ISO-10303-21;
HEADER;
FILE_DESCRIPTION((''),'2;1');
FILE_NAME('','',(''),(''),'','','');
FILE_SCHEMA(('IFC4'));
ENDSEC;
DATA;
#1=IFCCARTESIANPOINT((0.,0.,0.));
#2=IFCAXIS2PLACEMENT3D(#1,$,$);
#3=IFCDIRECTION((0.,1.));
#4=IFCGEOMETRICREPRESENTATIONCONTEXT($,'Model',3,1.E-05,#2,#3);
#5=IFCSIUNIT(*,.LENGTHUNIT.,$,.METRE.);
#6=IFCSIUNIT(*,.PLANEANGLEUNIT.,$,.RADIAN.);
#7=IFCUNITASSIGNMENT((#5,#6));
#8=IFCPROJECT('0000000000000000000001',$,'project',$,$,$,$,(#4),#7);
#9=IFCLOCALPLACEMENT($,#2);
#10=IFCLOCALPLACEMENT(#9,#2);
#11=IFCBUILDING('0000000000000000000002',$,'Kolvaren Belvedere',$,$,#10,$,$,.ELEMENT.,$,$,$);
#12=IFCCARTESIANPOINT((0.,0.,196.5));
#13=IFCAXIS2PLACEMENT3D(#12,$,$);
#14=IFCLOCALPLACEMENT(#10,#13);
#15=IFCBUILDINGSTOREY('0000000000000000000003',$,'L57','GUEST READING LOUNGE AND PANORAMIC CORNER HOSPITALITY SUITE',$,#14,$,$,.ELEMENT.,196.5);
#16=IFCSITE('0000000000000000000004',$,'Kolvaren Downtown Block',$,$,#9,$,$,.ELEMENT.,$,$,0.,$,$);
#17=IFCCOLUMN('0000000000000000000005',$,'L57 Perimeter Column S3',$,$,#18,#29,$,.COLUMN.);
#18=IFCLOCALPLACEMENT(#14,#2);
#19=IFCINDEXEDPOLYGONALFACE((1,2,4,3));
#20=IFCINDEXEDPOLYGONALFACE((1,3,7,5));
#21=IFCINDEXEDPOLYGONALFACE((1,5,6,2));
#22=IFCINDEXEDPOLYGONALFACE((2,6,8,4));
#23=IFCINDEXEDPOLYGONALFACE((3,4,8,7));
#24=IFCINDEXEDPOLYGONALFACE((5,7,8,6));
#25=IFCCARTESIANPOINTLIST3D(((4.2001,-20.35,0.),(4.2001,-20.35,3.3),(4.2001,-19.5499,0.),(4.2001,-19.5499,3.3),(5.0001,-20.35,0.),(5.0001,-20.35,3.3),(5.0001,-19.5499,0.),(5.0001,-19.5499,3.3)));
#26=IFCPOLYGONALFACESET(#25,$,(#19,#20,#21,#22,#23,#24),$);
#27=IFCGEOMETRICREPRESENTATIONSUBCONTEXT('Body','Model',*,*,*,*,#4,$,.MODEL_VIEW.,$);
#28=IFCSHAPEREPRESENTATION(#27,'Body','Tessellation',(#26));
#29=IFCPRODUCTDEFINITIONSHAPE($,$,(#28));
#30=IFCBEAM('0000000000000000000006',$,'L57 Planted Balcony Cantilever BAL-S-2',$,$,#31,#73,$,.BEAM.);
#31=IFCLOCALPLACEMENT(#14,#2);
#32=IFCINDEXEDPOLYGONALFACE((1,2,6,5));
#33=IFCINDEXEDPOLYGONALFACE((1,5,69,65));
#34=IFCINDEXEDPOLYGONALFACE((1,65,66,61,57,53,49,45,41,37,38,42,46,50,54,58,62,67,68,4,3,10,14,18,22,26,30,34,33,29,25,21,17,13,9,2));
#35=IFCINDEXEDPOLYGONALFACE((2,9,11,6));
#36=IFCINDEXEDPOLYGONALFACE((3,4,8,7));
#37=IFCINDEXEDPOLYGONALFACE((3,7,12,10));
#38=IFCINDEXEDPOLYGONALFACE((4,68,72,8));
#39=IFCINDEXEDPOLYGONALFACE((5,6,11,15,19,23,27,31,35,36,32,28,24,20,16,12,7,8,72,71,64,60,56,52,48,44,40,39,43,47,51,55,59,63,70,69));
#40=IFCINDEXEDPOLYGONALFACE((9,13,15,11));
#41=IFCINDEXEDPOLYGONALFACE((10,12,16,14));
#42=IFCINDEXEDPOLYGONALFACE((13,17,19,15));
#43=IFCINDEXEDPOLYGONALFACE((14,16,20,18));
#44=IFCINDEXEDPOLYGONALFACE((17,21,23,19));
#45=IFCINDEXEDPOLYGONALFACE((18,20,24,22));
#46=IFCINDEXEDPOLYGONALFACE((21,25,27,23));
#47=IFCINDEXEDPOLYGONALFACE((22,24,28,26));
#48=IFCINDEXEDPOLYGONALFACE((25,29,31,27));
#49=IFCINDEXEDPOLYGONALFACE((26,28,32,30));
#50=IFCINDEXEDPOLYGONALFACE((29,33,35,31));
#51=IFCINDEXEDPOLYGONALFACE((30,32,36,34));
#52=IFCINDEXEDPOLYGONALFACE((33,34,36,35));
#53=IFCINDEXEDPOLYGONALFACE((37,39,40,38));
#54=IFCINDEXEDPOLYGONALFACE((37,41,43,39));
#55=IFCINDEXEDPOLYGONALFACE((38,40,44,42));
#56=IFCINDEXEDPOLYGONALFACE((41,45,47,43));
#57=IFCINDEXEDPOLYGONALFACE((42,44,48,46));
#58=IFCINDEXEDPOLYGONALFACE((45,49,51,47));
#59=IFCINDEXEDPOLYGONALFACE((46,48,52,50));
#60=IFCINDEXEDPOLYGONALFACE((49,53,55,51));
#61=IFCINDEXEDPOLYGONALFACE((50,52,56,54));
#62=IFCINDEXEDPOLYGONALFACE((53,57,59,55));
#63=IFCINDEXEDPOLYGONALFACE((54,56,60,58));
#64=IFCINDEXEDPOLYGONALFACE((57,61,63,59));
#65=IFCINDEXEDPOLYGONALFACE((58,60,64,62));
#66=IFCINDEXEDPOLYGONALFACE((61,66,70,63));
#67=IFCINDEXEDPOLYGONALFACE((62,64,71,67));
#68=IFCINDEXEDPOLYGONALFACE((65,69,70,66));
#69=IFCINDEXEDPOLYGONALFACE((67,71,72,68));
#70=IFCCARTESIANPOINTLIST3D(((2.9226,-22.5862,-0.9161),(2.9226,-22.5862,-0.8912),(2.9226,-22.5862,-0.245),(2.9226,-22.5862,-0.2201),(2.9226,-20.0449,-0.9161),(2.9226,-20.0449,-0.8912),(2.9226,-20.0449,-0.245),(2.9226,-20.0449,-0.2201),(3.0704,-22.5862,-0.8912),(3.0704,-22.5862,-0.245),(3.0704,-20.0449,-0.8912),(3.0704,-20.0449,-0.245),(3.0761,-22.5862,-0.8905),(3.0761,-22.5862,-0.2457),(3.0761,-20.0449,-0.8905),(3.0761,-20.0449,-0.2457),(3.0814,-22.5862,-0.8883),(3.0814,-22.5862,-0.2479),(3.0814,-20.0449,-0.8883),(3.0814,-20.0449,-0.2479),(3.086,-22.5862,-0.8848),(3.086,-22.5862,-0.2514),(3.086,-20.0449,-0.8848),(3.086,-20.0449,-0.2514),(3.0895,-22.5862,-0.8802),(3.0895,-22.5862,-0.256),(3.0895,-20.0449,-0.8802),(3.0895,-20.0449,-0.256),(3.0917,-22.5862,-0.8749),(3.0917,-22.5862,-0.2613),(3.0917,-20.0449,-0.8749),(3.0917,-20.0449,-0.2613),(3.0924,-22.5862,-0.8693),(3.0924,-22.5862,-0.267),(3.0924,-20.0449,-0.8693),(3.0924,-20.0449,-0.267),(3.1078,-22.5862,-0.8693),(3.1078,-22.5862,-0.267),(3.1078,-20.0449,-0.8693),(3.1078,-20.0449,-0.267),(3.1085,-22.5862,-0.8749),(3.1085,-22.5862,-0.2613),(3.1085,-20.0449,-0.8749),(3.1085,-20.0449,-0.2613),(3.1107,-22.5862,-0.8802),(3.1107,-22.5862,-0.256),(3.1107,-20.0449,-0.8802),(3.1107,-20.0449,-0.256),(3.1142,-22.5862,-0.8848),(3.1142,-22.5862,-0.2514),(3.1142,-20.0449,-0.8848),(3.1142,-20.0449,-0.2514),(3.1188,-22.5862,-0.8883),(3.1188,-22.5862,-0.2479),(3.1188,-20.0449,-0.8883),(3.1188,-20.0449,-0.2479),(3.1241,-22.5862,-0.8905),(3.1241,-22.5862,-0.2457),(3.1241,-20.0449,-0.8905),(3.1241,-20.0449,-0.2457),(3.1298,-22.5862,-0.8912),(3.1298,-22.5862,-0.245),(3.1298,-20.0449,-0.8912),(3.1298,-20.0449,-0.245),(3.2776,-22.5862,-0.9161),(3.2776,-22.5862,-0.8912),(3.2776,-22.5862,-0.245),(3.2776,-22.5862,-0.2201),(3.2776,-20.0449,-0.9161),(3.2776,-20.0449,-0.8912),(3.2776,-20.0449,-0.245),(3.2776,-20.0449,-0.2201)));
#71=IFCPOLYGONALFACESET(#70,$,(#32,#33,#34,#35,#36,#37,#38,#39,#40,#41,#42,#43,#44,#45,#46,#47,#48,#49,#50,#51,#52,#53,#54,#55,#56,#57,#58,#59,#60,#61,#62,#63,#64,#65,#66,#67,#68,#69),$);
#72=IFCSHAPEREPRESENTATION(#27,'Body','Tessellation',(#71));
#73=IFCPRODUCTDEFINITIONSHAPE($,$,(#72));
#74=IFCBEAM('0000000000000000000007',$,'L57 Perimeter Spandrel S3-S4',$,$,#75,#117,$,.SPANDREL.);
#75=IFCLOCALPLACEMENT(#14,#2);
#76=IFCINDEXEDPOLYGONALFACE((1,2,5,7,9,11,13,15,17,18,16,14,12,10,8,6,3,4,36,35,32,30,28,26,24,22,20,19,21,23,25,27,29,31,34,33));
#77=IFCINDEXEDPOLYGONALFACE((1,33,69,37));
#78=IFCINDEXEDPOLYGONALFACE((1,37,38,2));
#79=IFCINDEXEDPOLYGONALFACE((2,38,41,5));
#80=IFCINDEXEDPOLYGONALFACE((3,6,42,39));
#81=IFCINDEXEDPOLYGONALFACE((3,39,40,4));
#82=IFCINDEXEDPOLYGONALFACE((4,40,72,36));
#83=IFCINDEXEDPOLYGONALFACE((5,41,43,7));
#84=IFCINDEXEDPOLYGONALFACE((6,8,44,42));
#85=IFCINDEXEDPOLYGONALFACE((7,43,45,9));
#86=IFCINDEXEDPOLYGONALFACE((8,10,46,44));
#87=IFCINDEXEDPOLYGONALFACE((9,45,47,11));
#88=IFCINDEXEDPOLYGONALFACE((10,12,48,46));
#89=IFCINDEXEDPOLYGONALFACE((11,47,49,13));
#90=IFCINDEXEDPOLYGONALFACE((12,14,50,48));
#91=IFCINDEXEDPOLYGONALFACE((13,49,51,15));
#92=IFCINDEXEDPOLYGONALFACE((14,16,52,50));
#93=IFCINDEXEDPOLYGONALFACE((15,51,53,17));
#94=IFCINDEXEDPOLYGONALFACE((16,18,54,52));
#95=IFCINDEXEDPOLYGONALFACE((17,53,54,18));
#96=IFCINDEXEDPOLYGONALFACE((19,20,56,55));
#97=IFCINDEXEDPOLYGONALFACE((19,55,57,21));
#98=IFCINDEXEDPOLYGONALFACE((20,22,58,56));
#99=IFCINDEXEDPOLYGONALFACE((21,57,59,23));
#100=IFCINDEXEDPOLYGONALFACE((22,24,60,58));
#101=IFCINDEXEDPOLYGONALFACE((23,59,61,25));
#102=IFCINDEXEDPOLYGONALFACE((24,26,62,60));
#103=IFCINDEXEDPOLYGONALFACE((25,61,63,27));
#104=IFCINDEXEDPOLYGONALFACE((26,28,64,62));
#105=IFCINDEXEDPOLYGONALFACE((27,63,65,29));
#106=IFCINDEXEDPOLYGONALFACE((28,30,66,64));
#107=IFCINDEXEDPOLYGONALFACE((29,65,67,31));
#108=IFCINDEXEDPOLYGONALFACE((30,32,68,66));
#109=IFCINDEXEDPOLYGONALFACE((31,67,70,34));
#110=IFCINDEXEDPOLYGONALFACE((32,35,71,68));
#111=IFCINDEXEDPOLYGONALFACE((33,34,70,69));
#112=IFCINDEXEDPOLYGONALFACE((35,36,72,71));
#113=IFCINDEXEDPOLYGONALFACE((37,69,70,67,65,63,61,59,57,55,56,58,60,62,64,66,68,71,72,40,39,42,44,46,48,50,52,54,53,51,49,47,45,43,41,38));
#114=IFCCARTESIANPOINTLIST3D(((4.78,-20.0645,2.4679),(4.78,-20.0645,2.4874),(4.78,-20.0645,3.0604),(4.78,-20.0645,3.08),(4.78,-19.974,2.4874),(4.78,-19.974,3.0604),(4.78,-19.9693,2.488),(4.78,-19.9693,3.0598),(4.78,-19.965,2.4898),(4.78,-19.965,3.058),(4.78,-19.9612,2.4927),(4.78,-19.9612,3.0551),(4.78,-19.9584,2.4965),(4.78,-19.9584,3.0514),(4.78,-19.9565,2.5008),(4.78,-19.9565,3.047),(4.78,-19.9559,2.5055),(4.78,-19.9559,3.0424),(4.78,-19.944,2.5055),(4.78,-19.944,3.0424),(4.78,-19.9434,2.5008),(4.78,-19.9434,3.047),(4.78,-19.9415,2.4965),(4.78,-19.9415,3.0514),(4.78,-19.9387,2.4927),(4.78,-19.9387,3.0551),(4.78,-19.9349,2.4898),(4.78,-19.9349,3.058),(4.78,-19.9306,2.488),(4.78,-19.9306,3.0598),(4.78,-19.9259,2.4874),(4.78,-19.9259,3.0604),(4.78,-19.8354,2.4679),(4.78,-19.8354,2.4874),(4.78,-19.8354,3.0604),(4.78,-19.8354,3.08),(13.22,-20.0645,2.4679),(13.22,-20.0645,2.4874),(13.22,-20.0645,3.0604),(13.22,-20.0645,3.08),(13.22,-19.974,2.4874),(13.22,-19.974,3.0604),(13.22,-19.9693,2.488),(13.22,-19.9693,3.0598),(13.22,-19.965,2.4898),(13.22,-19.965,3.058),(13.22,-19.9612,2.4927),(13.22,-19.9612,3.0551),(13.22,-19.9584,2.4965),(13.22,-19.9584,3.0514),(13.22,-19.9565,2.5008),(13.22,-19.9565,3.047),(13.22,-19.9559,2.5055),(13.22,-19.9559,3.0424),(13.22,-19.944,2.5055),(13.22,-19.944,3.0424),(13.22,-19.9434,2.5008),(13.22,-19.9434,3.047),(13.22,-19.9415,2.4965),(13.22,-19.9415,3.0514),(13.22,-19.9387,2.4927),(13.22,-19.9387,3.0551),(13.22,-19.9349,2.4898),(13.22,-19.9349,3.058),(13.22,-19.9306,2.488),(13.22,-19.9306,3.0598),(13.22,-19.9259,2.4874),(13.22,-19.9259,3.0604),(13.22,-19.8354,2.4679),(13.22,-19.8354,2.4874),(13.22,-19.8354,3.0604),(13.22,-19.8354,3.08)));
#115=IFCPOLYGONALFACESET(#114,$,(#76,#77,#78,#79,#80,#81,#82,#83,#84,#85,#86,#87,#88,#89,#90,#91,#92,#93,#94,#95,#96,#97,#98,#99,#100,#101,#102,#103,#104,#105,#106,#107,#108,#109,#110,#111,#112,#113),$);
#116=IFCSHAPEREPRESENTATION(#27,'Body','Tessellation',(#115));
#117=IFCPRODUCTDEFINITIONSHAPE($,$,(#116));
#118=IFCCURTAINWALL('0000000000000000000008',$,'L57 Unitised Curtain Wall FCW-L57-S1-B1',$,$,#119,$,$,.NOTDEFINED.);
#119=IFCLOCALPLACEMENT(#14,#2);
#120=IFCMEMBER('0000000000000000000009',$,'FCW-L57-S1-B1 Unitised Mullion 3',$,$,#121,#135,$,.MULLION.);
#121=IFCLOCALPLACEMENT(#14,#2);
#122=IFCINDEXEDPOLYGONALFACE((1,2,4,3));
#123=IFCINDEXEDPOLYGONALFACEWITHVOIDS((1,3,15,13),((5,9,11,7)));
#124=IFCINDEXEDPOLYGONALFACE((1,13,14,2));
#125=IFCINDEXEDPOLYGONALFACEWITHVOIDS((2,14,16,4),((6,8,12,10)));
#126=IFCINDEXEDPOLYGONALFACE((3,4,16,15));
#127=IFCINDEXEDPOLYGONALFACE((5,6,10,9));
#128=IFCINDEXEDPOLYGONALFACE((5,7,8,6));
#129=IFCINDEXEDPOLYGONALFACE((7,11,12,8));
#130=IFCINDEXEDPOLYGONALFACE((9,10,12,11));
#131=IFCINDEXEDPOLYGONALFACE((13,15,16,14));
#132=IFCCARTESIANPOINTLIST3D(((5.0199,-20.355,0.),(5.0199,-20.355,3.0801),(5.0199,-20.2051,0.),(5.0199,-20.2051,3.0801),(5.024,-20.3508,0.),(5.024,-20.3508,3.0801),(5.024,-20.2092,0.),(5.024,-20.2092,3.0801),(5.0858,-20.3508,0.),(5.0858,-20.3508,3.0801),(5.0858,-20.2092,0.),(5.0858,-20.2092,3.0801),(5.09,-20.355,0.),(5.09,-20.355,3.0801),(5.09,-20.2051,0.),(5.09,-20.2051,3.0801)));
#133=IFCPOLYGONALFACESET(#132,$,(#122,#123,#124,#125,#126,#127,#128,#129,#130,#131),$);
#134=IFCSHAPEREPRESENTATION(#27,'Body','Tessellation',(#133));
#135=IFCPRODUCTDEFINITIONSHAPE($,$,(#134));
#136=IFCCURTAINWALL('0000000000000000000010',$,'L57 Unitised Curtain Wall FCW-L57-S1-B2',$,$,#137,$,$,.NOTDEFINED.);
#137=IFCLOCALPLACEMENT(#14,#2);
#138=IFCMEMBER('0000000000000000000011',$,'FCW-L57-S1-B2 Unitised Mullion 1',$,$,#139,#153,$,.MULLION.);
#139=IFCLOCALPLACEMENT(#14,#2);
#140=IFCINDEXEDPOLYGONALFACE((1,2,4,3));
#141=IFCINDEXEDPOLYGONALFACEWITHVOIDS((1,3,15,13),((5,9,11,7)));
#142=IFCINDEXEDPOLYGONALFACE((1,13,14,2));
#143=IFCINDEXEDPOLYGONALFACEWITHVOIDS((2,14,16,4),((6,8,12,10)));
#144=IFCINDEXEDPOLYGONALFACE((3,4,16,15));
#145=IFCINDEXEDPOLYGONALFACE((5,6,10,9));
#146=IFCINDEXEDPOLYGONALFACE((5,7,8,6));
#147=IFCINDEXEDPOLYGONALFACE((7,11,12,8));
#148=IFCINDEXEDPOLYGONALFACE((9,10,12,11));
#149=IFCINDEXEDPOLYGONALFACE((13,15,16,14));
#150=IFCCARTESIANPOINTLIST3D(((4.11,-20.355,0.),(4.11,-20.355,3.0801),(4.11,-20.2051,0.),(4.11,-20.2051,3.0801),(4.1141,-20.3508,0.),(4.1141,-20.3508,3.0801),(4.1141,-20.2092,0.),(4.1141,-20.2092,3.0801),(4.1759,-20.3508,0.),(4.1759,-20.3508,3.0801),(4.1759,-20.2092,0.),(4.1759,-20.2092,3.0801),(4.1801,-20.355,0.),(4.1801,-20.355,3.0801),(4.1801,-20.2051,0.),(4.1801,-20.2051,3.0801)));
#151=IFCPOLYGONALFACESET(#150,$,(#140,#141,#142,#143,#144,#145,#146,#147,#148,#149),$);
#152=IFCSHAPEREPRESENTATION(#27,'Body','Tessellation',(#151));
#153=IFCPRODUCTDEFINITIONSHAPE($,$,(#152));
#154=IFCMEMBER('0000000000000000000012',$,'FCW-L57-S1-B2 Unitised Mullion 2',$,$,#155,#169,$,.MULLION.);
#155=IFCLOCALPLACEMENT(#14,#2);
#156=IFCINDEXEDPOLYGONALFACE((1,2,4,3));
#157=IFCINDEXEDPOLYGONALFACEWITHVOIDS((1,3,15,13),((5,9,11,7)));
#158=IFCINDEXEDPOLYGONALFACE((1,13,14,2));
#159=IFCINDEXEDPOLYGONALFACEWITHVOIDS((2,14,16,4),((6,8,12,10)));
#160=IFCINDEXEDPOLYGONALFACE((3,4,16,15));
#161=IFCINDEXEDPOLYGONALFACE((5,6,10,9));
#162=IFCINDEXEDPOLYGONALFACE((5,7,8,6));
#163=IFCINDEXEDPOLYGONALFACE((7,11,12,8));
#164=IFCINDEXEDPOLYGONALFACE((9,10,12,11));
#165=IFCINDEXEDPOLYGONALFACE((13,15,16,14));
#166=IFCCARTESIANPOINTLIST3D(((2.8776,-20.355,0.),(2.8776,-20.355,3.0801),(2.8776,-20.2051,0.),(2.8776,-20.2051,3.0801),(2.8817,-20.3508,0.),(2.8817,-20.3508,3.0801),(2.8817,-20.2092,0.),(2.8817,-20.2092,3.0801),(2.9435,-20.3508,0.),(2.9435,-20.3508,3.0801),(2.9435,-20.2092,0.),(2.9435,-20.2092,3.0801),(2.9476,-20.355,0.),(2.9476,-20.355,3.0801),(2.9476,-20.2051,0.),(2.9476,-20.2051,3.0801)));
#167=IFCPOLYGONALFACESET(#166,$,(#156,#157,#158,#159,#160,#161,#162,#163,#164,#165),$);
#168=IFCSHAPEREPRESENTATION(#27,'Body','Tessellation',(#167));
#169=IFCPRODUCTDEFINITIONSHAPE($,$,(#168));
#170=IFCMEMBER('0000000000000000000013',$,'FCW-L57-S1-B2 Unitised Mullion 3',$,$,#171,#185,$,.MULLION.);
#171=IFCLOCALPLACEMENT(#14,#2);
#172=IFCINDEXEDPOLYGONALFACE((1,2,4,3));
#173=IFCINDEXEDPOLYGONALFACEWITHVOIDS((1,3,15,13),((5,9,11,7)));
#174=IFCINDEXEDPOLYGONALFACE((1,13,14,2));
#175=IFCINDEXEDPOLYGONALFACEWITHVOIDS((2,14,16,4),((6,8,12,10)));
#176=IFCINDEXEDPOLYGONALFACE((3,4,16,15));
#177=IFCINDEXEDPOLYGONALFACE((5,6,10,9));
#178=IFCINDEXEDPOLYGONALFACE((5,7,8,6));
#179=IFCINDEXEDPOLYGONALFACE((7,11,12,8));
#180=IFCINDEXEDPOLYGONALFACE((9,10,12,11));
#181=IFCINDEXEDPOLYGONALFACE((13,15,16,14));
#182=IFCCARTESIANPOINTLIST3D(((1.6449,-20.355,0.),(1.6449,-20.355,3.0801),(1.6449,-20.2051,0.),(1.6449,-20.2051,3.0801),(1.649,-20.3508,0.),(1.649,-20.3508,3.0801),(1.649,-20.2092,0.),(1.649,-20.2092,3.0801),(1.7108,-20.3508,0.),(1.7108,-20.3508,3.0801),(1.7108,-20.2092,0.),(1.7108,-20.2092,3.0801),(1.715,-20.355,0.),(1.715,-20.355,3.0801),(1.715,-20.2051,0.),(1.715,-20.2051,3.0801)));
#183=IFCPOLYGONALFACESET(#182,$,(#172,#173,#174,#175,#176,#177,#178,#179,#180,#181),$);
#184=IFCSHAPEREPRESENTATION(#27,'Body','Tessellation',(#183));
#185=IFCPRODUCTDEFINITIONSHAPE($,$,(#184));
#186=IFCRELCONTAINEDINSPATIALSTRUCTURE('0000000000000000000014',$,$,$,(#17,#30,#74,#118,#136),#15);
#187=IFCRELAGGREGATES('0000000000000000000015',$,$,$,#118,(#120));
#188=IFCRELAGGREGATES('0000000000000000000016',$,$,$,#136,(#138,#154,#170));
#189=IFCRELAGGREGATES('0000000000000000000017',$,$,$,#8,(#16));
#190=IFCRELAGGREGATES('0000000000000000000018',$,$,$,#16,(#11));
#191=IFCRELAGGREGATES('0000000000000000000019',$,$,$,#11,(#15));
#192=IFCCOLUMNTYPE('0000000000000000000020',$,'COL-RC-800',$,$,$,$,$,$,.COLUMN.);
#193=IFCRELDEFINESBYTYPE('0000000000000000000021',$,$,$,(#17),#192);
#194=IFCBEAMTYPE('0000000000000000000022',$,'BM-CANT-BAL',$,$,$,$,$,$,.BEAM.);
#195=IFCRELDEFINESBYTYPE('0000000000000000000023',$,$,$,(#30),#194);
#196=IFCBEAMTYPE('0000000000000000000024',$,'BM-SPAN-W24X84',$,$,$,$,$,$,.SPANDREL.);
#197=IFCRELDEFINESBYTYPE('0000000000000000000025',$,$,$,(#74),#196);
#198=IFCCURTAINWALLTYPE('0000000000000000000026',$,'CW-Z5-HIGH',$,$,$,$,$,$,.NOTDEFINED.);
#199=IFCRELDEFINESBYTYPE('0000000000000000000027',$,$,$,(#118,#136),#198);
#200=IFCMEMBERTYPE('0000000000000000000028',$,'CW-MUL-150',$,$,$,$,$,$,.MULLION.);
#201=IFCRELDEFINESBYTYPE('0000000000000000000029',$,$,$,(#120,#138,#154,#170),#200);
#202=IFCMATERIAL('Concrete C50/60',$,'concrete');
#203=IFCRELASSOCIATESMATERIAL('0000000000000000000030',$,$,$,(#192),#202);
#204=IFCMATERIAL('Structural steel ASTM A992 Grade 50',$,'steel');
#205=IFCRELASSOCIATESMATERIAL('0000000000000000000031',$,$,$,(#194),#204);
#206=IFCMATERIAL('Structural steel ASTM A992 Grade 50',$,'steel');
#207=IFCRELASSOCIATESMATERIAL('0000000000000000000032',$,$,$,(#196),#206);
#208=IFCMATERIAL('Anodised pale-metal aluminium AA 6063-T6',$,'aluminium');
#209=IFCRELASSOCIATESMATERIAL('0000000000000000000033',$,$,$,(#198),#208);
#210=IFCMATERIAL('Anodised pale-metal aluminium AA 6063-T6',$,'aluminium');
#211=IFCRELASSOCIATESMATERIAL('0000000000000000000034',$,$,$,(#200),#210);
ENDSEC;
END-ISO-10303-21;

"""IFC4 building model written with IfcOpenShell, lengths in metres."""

from ifc_helpers import new_model, si_unit, direction, frame, origin, origin_2d, place, context, subcontext, project, spatial, rectangle, hollow_rectangle, i_section, extrude, material, material_profile, profile_set, type_object, element, aggregate, save


model = new_model("IFC4")

# Units and contexts
model_context = context("Model", 3, precision=1e-05, world=origin(), true_north=direction((0.0, 1.0)))
body_context = subcontext(model_context, "Body", "Model", "MODEL_VIEW")
ifc_project = project(units=[si_unit("LENGTHUNIT", "METRE"), si_unit("PLANEANGLEUNIT", "RADIAN")], contexts=[model_context])

# Site, building, storey
site_placement = place(None, origin())
site = spatial("IfcSite", under=ifc_project, at=site_placement, Name="Kolvaren Downtown Block", CompositionType="ELEMENT", RefElevation=0.0)
building_placement = place(site_placement, origin())
building = spatial("IfcBuilding", under=site, at=building_placement, Name="Kolvaren Belvedere", CompositionType="ELEMENT")
storey_placement = place(building_placement, frame((0.0, 0.0, 196.5)))
storey = spatial("IfcBuildingStorey", under=building, at=storey_placement, Name="L57", Description="GUEST READING LOUNGE AND PANORAMIC CORNER HOSPITALITY SUITE", CompositionType="ELEMENT", Elevation=196.5)

# Column
ifc_material_1 = material(Name="Concrete C50/60", Category="concrete")
ifc_material_profile_1 = material_profile(ifc_material_1, rectangle(XDim=0.8, YDim=0.8, at=origin_2d()), Name="RC 800X800")
ifc_profile_set_1 = profile_set([ifc_material_profile_1], Name="Concrete C50/60")
column_type = type_object("IfcColumnType", Name="COL-RC-800", PredefinedType="COLUMN", material=ifc_profile_set_1)
column_placement = place(storey_placement, frame((4.6001, -19.95, 0.0), z_axis=(0.0, 0.0, 1.0), x_axis=(1.0, 0.0, 0.0)))
element("IfcColumn", 1, at=column_placement, inside=storey, type_object=column_type, Name="L57 Perimeter Column S3", PredefinedType="COLUMN", context=body_context, shape_type="SweptSolid", body=[
    extrude(rectangle(XDim=0.8, YDim=0.8, at=origin_2d()), origin(), (0.0, 0.0, 1.0), 3.3),
])

# Beams
ifc_material_2 = material(Name="Structural steel ASTM A992 Grade 50", Category="steel")
ifc_material_profile_2 = material_profile(ifc_material_2, i_section(OverallWidth=0.355, OverallDepth=0.696, WebThickness=0.0154, FlangeThickness=0.0249, FilletRadius=0.022, at=origin_2d()), Name="W27X146")
ifc_profile_set_2 = profile_set([ifc_material_profile_2], Name="Structural steel ASTM A992 Grade 50")
beam_type_1 = type_object("IfcBeamType", Name="BM-CANT-BAL", PredefinedType="BEAM", material=ifc_profile_set_2)
beam_1_placement = place(storey_placement, frame((3.1001, -20.0449, -0.5681), z_axis=(0.0, -1.0, 0.0), x_axis=(1.0, 0.0, 0.0)))
element("IfcBeam", 2, at=beam_1_placement, inside=storey, type_object=beam_type_1, Name="L57 Planted Balcony Cantilever BAL-S-2", PredefinedType="BEAM", context=body_context, shape_type="SweptSolid", body=[
    extrude(i_section(OverallWidth=0.355, OverallDepth=0.696, WebThickness=0.0154, FlangeThickness=0.0249, FilletRadius=0.022, at=origin_2d()), origin(), (0.0, 0.0, 1.0), 2.5413),
])
ifc_material_3 = material(Name="Structural steel ASTM A992 Grade 50", Category="steel")
ifc_material_profile_3 = material_profile(ifc_material_3, i_section(OverallWidth=0.229, OverallDepth=0.6121, WebThickness=0.012, FlangeThickness=0.0195, FilletRadius=0.0181, at=origin_2d()), Name="W24X84")
ifc_profile_set_3 = profile_set([ifc_material_profile_3], Name="Structural steel ASTM A992 Grade 50")
beam_type_2 = type_object("IfcBeamType", Name="BM-SPAN-W24X84", PredefinedType="SPANDREL", material=ifc_profile_set_3)
beam_2_placement = place(storey_placement, frame((4.78, -19.95, 2.7739), z_axis=(1.0, 0.0, 0.0), x_axis=(0.0, 1.0, 0.0)))
element("IfcBeam", 3, at=beam_2_placement, inside=storey, type_object=beam_type_2, Name="L57 Perimeter Spandrel S3-S4", PredefinedType="SPANDREL", context=body_context, shape_type="SweptSolid", body=[
    extrude(i_section(OverallWidth=0.229, OverallDepth=0.6121, WebThickness=0.012, FlangeThickness=0.0195, FilletRadius=0.0181, at=origin_2d()), origin(), (0.0, 0.0, 1.0), 8.4399),
])

# Curtain wall, member
ifc_material_4 = material(Name="Anodised pale-metal aluminium AA 6063-T6", Category="aluminium")
curtain_wall_type = type_object("IfcCurtainWallType", Name="CW-Z5-HIGH", PredefinedType="NOTDEFINED", material=ifc_material_4)
curtain_wall_1_placement = place(storey_placement, origin())
curtain_wall_1 = element("IfcCurtainWall", 4, at=curtain_wall_1_placement, inside=storey, type_object=curtain_wall_type, Name="L57 Unitised Curtain Wall FCW-L57-S1-B1", PredefinedType="NOTDEFINED")
ifc_material_5 = material(Name="Anodised pale-metal aluminium AA 6063-T6", Category="aluminium")
ifc_material_profile_4 = material_profile(ifc_material_5, hollow_rectangle(XDim=0.0701, YDim=0.1499, WallThickness=0.0042, at=origin_2d()), Name="ALU-MUL-150X70")
ifc_profile_set_4 = profile_set([ifc_material_profile_4], Name="Anodised pale-metal aluminium AA 6063-T6")
member_type_1 = type_object("IfcMemberType", Name="CW-MUL-150", PredefinedType="MULLION", material=ifc_profile_set_4)
member_1_placement = place(storey_placement, frame((5.0549, -20.28, 0.0), z_axis=(0.0, 0.0, 1.0), x_axis=(1.0, 0.0, 0.0)))
member_1 = element("IfcMember", 5, at=member_1_placement, type_object=member_type_1, Name="FCW-L57-S1-B1 Unitised Mullion 3", PredefinedType="MULLION", context=body_context, shape_type="SweptSolid", body=[
    extrude(hollow_rectangle(XDim=0.0701, YDim=0.1499, WallThickness=0.0042, at=origin_2d()), origin(), (0.0, 0.0, 1.0), 3.0801),
])
aggregate(curtain_wall_1, [member_1])

# Curtain wall, members
curtain_wall_2_placement = place(storey_placement, origin())
curtain_wall_2 = element("IfcCurtainWall", 6, at=curtain_wall_2_placement, inside=storey, type_object=curtain_wall_type, Name="L57 Unitised Curtain Wall FCW-L57-S1-B2", PredefinedType="NOTDEFINED")
member_2_placement = place(storey_placement, frame((4.145, -20.28, 0.0), z_axis=(0.0, 0.0, 1.0), x_axis=(1.0, 0.0, 0.0)))
member_2 = element("IfcMember", 7, at=member_2_placement, type_object=member_type_1, Name="FCW-L57-S1-B2 Unitised Mullion 1", PredefinedType="MULLION", context=body_context, shape_type="SweptSolid", body=[
    extrude(hollow_rectangle(XDim=0.0701, YDim=0.1499, WallThickness=0.0042, at=origin_2d()), origin(), (0.0, 0.0, 1.0), 3.0801),
])
member_3_placement = place(storey_placement, frame((2.9126, -20.28, 0.0), z_axis=(0.0, 0.0, 1.0), x_axis=(1.0, 0.0, 0.0)))
member_3 = element("IfcMember", 8, at=member_3_placement, type_object=member_type_1, Name="FCW-L57-S1-B2 Unitised Mullion 2", PredefinedType="MULLION", context=body_context, shape_type="SweptSolid", body=[
    extrude(hollow_rectangle(XDim=0.0701, YDim=0.1499, WallThickness=0.0042, at=origin_2d()), origin(), (0.0, 0.0, 1.0), 3.0801),
])
member_4_placement = place(storey_placement, frame((1.6799, -20.28, 0.0), z_axis=(0.0, 0.0, 1.0), x_axis=(1.0, 0.0, 0.0)))
member_4 = element("IfcMember", 9, at=member_4_placement, type_object=member_type_1, Name="FCW-L57-S1-B2 Unitised Mullion 3", PredefinedType="MULLION", context=body_context, shape_type="SweptSolid", body=[
    extrude(hollow_rectangle(XDim=0.0701, YDim=0.1499, WallThickness=0.0042, at=origin_2d()), origin(), (0.0, 0.0, 1.0), 3.0801),
])

aggregate(curtain_wall_2, [member_2, member_3, member_4])

save(model, "model.ifc")
